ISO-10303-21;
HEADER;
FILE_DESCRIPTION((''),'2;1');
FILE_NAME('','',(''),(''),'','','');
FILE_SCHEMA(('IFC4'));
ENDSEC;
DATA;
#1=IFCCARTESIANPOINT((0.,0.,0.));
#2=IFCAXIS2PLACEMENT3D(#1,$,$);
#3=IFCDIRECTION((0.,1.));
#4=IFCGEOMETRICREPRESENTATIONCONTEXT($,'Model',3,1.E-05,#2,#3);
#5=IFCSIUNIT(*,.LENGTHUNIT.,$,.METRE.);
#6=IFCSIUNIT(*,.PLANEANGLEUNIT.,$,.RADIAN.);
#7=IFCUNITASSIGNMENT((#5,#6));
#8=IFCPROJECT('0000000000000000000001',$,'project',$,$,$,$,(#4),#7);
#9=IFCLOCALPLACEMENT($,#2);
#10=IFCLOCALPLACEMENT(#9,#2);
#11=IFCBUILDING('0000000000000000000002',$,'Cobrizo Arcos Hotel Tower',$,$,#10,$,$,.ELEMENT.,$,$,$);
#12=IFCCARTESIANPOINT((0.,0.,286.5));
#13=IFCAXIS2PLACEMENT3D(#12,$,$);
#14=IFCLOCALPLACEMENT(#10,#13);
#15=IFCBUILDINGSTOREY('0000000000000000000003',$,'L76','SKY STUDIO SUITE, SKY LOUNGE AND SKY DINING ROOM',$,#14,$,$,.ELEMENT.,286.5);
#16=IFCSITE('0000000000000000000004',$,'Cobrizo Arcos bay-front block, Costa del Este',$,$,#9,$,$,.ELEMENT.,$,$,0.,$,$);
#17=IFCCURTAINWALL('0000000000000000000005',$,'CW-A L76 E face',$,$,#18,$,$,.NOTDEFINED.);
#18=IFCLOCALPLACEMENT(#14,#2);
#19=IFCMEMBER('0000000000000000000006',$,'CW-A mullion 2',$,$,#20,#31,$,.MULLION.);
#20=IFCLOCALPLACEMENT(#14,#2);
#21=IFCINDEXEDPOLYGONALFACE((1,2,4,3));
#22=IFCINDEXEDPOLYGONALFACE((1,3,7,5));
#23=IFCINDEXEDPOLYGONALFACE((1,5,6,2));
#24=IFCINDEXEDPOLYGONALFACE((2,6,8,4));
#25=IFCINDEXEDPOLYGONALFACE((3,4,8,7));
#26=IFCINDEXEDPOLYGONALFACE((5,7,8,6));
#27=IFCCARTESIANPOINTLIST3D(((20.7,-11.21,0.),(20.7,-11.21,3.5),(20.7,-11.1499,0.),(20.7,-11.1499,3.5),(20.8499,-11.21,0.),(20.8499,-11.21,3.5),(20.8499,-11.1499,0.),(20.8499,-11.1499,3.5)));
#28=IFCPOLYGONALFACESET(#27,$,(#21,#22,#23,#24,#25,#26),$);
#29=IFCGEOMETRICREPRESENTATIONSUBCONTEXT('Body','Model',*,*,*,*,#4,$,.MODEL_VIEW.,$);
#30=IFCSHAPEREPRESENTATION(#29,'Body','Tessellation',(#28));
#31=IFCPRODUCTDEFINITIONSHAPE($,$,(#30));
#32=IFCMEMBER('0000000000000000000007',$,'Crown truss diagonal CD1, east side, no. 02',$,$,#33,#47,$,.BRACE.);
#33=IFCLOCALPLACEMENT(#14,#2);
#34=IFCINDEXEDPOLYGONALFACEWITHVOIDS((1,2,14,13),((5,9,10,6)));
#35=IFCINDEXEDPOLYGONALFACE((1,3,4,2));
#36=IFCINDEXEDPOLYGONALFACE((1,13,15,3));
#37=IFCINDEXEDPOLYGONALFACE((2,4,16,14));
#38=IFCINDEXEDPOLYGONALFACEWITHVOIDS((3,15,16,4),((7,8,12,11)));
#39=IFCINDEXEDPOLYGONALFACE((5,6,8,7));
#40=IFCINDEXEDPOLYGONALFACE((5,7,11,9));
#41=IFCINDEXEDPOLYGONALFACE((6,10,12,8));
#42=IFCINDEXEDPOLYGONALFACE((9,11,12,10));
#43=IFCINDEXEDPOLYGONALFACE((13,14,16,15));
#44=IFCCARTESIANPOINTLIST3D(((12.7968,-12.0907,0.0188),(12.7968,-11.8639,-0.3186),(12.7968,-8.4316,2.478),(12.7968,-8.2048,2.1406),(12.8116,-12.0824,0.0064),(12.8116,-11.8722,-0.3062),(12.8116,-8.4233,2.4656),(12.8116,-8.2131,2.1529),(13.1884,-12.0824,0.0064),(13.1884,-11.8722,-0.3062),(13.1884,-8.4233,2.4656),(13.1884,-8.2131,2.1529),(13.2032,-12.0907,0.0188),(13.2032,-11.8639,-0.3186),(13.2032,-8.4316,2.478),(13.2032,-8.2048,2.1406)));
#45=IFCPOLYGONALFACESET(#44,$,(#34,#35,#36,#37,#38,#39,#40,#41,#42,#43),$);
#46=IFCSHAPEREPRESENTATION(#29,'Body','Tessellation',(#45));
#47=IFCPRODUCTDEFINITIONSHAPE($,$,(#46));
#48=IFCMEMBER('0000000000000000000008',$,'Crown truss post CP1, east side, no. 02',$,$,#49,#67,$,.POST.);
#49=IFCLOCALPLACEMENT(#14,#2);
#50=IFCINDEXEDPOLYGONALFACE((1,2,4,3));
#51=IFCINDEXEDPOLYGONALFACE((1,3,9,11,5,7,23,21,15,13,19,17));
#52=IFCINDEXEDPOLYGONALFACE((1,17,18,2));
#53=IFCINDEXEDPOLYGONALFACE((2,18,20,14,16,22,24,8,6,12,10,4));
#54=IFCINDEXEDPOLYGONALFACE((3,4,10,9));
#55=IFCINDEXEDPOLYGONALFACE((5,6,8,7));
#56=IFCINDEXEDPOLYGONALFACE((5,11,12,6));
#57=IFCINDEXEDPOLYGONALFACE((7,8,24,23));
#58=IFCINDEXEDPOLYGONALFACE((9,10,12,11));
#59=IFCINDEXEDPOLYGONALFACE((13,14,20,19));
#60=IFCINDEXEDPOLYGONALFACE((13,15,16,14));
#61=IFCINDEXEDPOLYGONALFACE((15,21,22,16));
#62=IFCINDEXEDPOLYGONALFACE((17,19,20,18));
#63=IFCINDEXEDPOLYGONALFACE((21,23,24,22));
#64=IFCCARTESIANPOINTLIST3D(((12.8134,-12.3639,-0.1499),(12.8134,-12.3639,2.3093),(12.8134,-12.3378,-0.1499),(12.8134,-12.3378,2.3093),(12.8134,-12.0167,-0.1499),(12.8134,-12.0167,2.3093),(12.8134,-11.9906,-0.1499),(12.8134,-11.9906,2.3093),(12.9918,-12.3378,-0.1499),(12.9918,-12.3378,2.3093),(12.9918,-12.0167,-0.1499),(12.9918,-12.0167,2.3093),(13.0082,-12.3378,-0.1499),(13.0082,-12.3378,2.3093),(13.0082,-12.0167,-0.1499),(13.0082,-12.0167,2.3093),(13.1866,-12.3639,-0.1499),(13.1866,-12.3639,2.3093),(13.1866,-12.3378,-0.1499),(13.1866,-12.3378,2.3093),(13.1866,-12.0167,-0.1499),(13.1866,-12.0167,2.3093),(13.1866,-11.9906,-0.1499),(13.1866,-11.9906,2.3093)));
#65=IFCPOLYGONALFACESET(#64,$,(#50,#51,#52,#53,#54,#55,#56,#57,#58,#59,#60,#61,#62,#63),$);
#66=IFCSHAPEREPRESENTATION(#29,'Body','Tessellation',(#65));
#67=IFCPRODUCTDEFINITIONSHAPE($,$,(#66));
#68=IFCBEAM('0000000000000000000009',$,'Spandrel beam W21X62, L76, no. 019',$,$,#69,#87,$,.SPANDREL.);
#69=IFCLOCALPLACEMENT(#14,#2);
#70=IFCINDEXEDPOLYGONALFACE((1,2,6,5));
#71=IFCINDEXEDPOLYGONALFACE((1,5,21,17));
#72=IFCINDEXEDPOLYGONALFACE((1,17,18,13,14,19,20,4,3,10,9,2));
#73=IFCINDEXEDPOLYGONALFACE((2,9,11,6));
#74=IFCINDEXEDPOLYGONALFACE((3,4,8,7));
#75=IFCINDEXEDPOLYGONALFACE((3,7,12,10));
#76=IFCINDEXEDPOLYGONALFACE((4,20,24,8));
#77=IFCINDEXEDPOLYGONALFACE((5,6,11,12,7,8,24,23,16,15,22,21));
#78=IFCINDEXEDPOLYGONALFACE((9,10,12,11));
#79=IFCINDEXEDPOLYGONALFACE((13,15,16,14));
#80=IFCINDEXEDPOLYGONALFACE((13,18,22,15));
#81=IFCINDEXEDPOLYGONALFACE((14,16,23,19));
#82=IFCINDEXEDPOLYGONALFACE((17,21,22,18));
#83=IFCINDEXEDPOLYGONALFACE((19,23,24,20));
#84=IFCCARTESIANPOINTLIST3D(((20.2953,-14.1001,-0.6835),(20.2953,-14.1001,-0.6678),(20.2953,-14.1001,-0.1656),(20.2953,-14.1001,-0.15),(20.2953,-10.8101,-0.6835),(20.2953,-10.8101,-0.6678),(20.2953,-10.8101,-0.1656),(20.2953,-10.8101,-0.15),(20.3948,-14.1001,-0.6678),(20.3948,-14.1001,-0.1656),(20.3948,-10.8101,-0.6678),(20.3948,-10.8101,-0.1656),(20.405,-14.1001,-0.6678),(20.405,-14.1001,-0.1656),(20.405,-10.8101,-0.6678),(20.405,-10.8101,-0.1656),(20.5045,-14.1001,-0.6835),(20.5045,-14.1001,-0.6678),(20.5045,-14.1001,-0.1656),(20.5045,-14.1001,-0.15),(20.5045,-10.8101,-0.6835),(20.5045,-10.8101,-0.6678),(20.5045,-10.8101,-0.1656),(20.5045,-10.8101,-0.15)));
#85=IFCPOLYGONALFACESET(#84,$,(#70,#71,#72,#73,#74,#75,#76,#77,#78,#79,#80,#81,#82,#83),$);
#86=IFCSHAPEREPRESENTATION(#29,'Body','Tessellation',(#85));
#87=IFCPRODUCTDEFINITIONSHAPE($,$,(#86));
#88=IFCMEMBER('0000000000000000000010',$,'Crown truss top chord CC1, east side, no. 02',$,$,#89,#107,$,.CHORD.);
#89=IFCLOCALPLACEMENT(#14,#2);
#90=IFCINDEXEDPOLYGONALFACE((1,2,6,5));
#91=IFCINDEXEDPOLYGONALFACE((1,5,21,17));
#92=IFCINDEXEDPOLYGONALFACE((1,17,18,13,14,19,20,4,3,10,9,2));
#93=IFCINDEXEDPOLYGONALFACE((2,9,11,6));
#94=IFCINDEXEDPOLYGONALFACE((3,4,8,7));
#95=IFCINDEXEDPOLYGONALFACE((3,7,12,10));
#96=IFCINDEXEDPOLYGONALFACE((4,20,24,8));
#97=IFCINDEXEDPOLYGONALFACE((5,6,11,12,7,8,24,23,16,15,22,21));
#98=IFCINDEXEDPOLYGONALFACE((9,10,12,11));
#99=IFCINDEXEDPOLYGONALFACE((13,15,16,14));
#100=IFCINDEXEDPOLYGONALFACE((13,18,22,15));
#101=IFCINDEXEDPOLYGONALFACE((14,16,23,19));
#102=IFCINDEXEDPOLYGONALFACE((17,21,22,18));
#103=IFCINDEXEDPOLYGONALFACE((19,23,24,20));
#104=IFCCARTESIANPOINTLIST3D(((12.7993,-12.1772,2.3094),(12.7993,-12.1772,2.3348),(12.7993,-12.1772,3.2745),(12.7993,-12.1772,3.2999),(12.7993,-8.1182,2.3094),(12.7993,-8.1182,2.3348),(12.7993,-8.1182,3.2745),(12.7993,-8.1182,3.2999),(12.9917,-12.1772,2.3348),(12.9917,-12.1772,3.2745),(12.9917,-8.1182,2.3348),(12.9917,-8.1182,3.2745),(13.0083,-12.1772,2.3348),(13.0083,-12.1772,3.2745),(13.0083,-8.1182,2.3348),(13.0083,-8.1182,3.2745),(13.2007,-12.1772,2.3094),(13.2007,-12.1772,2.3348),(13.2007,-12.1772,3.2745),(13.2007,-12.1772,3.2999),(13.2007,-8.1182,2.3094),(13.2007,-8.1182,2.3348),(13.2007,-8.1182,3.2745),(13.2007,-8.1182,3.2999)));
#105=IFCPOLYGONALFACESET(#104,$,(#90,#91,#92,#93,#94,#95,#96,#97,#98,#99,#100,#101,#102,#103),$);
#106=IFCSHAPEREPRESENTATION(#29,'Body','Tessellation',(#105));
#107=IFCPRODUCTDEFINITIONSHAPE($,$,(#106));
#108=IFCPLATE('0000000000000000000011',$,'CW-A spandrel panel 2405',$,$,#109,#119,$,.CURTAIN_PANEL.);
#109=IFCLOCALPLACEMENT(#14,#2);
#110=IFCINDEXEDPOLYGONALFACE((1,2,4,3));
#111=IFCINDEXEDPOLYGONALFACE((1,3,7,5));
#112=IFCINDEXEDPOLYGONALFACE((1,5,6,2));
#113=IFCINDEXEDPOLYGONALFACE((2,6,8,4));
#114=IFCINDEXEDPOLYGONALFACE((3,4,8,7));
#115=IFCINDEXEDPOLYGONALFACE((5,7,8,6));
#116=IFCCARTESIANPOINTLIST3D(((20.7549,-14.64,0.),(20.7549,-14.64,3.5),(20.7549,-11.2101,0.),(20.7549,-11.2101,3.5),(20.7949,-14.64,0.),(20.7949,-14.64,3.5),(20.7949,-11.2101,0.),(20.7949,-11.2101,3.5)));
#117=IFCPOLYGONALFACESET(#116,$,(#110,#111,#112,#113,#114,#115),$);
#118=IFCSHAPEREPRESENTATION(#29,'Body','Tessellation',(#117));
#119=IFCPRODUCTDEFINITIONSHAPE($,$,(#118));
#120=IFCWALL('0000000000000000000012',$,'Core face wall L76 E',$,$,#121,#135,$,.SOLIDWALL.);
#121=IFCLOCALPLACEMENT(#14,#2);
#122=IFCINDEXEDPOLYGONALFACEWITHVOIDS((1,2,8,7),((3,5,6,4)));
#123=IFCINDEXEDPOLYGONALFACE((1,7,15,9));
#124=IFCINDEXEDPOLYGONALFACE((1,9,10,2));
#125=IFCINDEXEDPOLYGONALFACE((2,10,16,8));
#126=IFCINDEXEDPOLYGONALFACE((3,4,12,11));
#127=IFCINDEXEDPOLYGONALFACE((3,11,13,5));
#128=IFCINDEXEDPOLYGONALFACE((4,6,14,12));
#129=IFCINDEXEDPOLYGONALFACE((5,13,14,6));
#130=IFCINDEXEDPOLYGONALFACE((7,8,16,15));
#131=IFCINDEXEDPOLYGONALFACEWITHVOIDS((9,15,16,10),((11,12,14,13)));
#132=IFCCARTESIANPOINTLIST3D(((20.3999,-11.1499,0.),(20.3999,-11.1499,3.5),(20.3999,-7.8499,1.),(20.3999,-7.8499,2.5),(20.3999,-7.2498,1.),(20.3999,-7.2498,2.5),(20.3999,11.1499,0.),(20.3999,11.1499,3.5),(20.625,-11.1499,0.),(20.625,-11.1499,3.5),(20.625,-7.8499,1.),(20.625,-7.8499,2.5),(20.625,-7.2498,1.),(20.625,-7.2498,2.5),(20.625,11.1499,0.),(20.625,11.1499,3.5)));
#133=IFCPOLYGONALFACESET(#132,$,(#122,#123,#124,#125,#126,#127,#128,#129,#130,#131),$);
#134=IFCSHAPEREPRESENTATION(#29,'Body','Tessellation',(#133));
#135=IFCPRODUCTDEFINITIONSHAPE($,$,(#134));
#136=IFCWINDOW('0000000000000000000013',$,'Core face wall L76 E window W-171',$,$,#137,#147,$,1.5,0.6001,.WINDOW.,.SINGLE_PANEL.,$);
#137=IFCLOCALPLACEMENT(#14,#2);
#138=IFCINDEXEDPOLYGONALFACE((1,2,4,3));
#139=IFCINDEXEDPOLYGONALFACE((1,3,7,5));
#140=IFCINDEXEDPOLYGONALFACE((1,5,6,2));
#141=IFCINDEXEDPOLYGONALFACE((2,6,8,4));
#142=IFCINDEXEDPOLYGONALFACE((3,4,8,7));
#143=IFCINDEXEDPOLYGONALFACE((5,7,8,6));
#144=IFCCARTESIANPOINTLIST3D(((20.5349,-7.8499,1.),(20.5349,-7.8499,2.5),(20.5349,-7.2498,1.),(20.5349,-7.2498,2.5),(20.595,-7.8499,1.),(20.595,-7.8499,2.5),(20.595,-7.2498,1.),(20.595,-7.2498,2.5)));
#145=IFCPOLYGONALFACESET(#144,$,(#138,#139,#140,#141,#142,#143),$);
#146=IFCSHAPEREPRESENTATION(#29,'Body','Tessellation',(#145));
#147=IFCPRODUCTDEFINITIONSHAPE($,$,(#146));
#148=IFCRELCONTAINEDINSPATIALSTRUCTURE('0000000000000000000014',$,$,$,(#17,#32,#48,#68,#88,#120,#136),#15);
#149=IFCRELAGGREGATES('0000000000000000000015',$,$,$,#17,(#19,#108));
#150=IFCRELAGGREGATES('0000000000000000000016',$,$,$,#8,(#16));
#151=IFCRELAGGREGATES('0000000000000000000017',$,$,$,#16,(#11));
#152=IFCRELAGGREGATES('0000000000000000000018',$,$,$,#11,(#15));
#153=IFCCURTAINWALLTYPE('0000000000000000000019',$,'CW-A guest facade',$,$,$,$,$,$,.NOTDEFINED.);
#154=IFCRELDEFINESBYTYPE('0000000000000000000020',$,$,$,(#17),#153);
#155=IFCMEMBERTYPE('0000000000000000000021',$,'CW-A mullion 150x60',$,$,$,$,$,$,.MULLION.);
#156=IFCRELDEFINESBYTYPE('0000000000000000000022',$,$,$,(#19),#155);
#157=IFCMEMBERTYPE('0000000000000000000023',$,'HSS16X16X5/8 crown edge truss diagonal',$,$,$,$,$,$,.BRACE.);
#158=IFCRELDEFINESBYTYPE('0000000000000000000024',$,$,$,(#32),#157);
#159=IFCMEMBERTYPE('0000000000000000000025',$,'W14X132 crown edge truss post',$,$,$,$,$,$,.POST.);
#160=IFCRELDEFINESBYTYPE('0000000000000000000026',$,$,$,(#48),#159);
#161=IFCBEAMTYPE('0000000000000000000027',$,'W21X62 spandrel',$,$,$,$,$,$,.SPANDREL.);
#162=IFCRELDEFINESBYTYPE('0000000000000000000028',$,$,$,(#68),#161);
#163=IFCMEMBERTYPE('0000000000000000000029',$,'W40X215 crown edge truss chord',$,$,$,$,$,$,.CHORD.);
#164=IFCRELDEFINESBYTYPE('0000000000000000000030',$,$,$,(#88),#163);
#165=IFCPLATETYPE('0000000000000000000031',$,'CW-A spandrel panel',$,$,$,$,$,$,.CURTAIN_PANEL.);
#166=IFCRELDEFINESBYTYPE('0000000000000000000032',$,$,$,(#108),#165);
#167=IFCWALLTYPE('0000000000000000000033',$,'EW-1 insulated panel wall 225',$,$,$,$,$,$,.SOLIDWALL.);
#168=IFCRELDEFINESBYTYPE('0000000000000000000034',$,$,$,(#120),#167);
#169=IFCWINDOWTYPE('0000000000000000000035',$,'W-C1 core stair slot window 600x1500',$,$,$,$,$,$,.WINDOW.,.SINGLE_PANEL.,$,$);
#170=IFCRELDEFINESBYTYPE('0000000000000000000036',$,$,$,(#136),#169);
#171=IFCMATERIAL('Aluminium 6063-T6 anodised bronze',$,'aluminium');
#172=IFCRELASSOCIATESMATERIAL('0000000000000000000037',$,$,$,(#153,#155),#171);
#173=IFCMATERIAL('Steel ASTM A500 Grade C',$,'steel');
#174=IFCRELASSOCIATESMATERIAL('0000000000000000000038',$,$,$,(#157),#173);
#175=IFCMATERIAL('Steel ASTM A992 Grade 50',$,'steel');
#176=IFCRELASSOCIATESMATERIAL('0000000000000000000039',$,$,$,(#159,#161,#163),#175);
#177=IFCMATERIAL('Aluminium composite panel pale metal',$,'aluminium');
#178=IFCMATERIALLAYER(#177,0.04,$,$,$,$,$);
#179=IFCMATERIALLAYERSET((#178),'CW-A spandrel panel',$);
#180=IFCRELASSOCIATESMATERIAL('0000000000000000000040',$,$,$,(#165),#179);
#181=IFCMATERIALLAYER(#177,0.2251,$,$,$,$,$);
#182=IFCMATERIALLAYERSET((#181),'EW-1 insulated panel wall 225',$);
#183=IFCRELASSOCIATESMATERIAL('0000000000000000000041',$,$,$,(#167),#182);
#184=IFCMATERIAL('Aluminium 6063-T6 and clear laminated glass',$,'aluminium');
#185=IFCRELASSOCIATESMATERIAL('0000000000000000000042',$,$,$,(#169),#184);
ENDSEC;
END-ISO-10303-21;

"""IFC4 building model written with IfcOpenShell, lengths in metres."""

from ifc_helpers import new_model, si_unit, direction, frame, frame_2d, origin, origin_2d, place, context, subcontext, project, spatial, rectangle, hollow_rectangle, i_section, extrude, material, layer, layer_set, material_profile, profile_set, type_object, element, fill, aggregate, save


model = new_model("IFC4")

# Units and contexts
model_context = context("Model", 3, precision=1e-05, world=origin(), true_north=direction((0.0, 1.0)))
body_context = subcontext(model_context, "Body", "Model", "MODEL_VIEW")
ifc_project = project(units=[si_unit("LENGTHUNIT", "METRE"), si_unit("PLANEANGLEUNIT", "RADIAN")], contexts=[model_context])

# Site, building, storey
site_placement = place(None, origin())
site = spatial("IfcSite", under=ifc_project, at=site_placement, Name="Cobrizo Arcos bay-front block, Costa del Este", CompositionType="ELEMENT", RefElevation=0.0)
building_placement = place(site_placement, origin())
building = spatial("IfcBuilding", under=site, at=building_placement, Name="Cobrizo Arcos Hotel Tower", CompositionType="ELEMENT")
storey_placement = place(building_placement, frame((0.0, 0.0, 286.5)))
storey = spatial("IfcBuildingStorey", under=building, at=storey_placement, Name="L76", Description="SKY STUDIO SUITE, SKY LOUNGE AND SKY DINING ROOM", CompositionType="ELEMENT", Elevation=286.5)

# Curtain wall, member
ifc_material_1 = material(Name="Aluminium 6063-T6 anodised bronze", Category="aluminium")
curtain_wall_type = type_object("IfcCurtainWallType", Name="CW-A guest facade", PredefinedType="NOTDEFINED", material=ifc_material_1)
curtain_wall_placement = place(storey_placement, origin())
curtain_wall = element("IfcCurtainWall", 1, at=curtain_wall_placement, inside=storey, type_object=curtain_wall_type, Name="CW-A L76 E face", PredefinedType="NOTDEFINED")
ifc_material_profile_1 = material_profile(ifc_material_1, rectangle(XDim=0.1499, YDim=0.0601, at=origin_2d()), Name="CW-A mullion 150x60")
ifc_profile_set_1 = profile_set([ifc_material_profile_1], Name="Aluminium 6063-T6 anodised bronze")
member_type_1 = type_object("IfcMemberType", Name="CW-A mullion 150x60", PredefinedType="MULLION", material=ifc_profile_set_1)
member_1_placement = place(storey_placement, frame((20.7749, -11.1799, 0.0), z_axis=(0.0, 0.0, 1.0), x_axis=(1.0, 0.0, 0.0)))
member_1 = element("IfcMember", 2, at=member_1_placement, type_object=member_type_1, Name="CW-A mullion 2", PredefinedType="MULLION", context=body_context, shape_type="SweptSolid", body=[
    extrude(rectangle(XDim=0.1499, YDim=0.0601, at=origin_2d()), origin(), (0.0, 0.0, 1.0), 3.5),
])

# Members
ifc_material_2 = material(Name="Steel ASTM A500 Grade C", Category="steel")
ifc_material_profile_2 = material_profile(ifc_material_2, hollow_rectangle(XDim=0.4065, YDim=0.4065, WallThickness=0.0149, at=origin_2d()), Name="HSS16X16X5/8")
ifc_profile_set_2 = profile_set([ifc_material_profile_2], Name="Steel ASTM A500 Grade C")
member_type_2 = type_object("IfcMemberType", Name="HSS16X16X5/8 crown edge truss diagonal", PredefinedType="BRACE", material=ifc_profile_set_2)
member_2_placement = place(storey_placement, frame((13.0, -11.9773, -0.1499), z_axis=(0.0, 0.829974, 0.557802), x_axis=(-1.0, 0.0, 0.0)))
element("IfcMember", 3, at=member_2_placement, inside=storey, type_object=member_type_2, Name="Crown truss diagonal CD1, east side, no. 02", PredefinedType="BRACE", context=body_context, shape_type="SweptSolid", body=[
    extrude(hollow_rectangle(XDim=0.4065, YDim=0.4065, WallThickness=0.0149, at=origin_2d()), origin(), (0.0, 0.0, 1.0), 4.4087),
])
ifc_material_3 = material(Name="Steel ASTM A992 Grade 50", Category="steel")
ifc_material_profile_3 = material_profile(ifc_material_3, i_section(OverallWidth=0.3733, OverallDepth=0.3733, WebThickness=0.0164, FlangeThickness=0.0261, at=origin_2d()), Name="W14X132")
ifc_profile_set_3 = profile_set([ifc_material_profile_3], Name="Steel ASTM A992 Grade 50")
member_type_3 = type_object("IfcMemberType", Name="W14X132 crown edge truss post", PredefinedType="POST", material=ifc_profile_set_3)
member_3_placement = place(storey_placement, frame((13.0, -12.1772, -0.1499), z_axis=(0.0, 0.0, 1.0), x_axis=(1.0, 0.0, 0.0)))
element("IfcMember", 4, at=member_3_placement, inside=storey, type_object=member_type_3, Name="Crown truss post CP1, east side, no. 02", PredefinedType="POST", context=body_context, shape_type="SweptSolid", body=[
    extrude(i_section(OverallWidth=0.3733, OverallDepth=0.3733, WebThickness=0.0164, FlangeThickness=0.0261, at=origin_2d()), origin(), (0.0, 0.0, 1.0), 2.4592),
])

# Beam
ifc_material_profile_4 = material_profile(ifc_material_3, i_section(OverallWidth=0.2092, OverallDepth=0.5334, WebThickness=0.0103, FlangeThickness=0.0156, at=origin_2d()), Name="W21X62")
ifc_profile_set_4 = profile_set([ifc_material_profile_4], Name="Steel ASTM A992 Grade 50")
beam_type = type_object("IfcBeamType", Name="W21X62 spandrel", PredefinedType="SPANDREL", material=ifc_profile_set_4)
beam_placement = place(storey_placement, frame((20.3999, -10.8101, -0.4167), z_axis=(0.0, -1.0, 0.0), x_axis=(1.0, 0.0, 0.0)))
element("IfcBeam", 5, at=beam_placement, inside=storey, type_object=beam_type, Name="Spandrel beam W21X62, L76, no. 019", PredefinedType="SPANDREL", context=body_context, shape_type="SweptSolid", body=[
    extrude(i_section(OverallWidth=0.2092, OverallDepth=0.5334, WebThickness=0.0103, FlangeThickness=0.0156, at=origin_2d()), origin(), (0.0, 0.0, 1.0), 3.29),
])

# Member
ifc_material_profile_5 = material_profile(ifc_material_3, i_section(OverallWidth=0.4014, OverallDepth=0.9905, WebThickness=0.0166, FlangeThickness=0.0254, at=origin_2d()), Name="W40X215")
ifc_profile_set_5 = profile_set([ifc_material_profile_5], Name="Steel ASTM A992 Grade 50")
member_type_4 = type_object("IfcMemberType", Name="W40X215 crown edge truss chord", PredefinedType="CHORD", material=ifc_profile_set_5)
member_4_placement = place(storey_placement, frame((13.0, -12.1772, 2.8047), z_axis=(0.0, 1.0, 0.0), x_axis=(-1.0, 0.0, 0.0)))
element("IfcMember", 6, at=member_4_placement, inside=storey, type_object=member_type_4, Name="Crown truss top chord CC1, east side, no. 02", PredefinedType="CHORD", context=body_context, shape_type="SweptSolid", body=[
    extrude(i_section(OverallWidth=0.4014, OverallDepth=0.9905, WebThickness=0.0166, FlangeThickness=0.0254, at=origin_2d()), origin(), (0.0, 0.0, 1.0), 4.0591),
])

# Plate
ifc_material_4 = material(Name="Aluminium composite panel pale metal", Category="aluminium")
ifc_layer_1 = layer(ifc_material_4, 0.04)
ifc_layer_set_1 = layer_set([ifc_layer_1], Name="CW-A spandrel panel")
plate_type = type_object("IfcPlateType", Name="CW-A spandrel panel", PredefinedType="CURTAIN_PANEL", material=ifc_layer_set_1)
plate_placement = place(storey_placement, frame((20.7749, -12.925, 0.0), z_axis=(0.0, 0.0, 1.0), x_axis=(0.0, 1.0, 0.0)))
plate = element("IfcPlate", 7, at=plate_placement, type_object=plate_type, Name="CW-A spandrel panel 2405", PredefinedType="CURTAIN_PANEL", context=body_context, shape_type="SweptSolid", body=[
    extrude(rectangle(XDim=3.4299, YDim=0.04, at=origin_2d()), origin(), (0.0, 0.0, 1.0), 3.5),
])
aggregate(curtain_wall, [member_1, plate])

# Wall, opening, window
ifc_layer_2 = layer(ifc_material_4, 0.2251)
ifc_layer_set_2 = layer_set([ifc_layer_2], Name="EW-1 insulated panel wall 225")
wall_type_1 = type_object("IfcWallType", Name="EW-1 insulated panel wall 225", PredefinedType="SOLIDWALL", material=ifc_layer_set_2)
wall_1_placement = place(storey_placement, frame((20.5125, -11.1499, 0.0), z_axis=(0.0, 0.0, 1.0), x_axis=(0.0, 1.0, 0.0)))
wall_1 = element("IfcWall", 8, at=wall_1_placement, inside=storey, type_object=wall_type_1, Name="Core face wall L76 E", PredefinedType="SOLIDWALL", context=body_context, shape_type="SweptSolid", body=[
    extrude(rectangle(XDim=22.2998, YDim=0.2251, at=frame_2d((11.1499, 0.0))), origin(), (0.0, 0.0, 1.0), 3.5),
])
opening_1_placement = place(wall_1_placement, frame((3.3, 0.0, 1.0)))
opening_1 = element("IfcOpeningElement", 9, at=opening_1_placement, cuts=wall_1, PredefinedType="OPENING", context=body_context, shape_type="SweptSolid", body=[
    extrude(rectangle(XDim=0.6001, YDim=1.5, at=frame_2d((0.3, 0.75))), frame((0.0, 0.1245, 0.0), z_axis=(0.0, -1.0, 0.0), x_axis=(1.0, 0.0, 0.0)), (0.0, 0.0, 1.0), 0.249),
])
ifc_material_5 = material(Name="Aluminium 6063-T6 and clear laminated glass", Category="aluminium")
window_type = type_object("IfcWindowType", Name="W-C1 core stair slot window 600x1500", PartitioningType="SINGLE_PANEL", PredefinedType="WINDOW", material=ifc_material_5)
window_placement = place(opening_1_placement, origin())
window = element("IfcWindow", 10, at=window_placement, inside=storey, type_object=window_type, Name="Core face wall L76 E window W-171", OverallHeight=1.5, OverallWidth=0.6001, PartitioningType="SINGLE_PANEL", PredefinedType="WINDOW", context=body_context, shape_type="SweptSolid", body=[
    extrude(rectangle(XDim=0.6001, YDim=1.5, at=frame_2d((0.3, 0.75))), frame((0.0, -0.0225, 0.0), z_axis=(0.0, -1.0, 0.0), x_axis=(1.0, 0.0, 0.0)), (0.0, 0.0, 1.0), 0.0601),
])
fill(opening_1, window)

save(model, "model.ifc")
